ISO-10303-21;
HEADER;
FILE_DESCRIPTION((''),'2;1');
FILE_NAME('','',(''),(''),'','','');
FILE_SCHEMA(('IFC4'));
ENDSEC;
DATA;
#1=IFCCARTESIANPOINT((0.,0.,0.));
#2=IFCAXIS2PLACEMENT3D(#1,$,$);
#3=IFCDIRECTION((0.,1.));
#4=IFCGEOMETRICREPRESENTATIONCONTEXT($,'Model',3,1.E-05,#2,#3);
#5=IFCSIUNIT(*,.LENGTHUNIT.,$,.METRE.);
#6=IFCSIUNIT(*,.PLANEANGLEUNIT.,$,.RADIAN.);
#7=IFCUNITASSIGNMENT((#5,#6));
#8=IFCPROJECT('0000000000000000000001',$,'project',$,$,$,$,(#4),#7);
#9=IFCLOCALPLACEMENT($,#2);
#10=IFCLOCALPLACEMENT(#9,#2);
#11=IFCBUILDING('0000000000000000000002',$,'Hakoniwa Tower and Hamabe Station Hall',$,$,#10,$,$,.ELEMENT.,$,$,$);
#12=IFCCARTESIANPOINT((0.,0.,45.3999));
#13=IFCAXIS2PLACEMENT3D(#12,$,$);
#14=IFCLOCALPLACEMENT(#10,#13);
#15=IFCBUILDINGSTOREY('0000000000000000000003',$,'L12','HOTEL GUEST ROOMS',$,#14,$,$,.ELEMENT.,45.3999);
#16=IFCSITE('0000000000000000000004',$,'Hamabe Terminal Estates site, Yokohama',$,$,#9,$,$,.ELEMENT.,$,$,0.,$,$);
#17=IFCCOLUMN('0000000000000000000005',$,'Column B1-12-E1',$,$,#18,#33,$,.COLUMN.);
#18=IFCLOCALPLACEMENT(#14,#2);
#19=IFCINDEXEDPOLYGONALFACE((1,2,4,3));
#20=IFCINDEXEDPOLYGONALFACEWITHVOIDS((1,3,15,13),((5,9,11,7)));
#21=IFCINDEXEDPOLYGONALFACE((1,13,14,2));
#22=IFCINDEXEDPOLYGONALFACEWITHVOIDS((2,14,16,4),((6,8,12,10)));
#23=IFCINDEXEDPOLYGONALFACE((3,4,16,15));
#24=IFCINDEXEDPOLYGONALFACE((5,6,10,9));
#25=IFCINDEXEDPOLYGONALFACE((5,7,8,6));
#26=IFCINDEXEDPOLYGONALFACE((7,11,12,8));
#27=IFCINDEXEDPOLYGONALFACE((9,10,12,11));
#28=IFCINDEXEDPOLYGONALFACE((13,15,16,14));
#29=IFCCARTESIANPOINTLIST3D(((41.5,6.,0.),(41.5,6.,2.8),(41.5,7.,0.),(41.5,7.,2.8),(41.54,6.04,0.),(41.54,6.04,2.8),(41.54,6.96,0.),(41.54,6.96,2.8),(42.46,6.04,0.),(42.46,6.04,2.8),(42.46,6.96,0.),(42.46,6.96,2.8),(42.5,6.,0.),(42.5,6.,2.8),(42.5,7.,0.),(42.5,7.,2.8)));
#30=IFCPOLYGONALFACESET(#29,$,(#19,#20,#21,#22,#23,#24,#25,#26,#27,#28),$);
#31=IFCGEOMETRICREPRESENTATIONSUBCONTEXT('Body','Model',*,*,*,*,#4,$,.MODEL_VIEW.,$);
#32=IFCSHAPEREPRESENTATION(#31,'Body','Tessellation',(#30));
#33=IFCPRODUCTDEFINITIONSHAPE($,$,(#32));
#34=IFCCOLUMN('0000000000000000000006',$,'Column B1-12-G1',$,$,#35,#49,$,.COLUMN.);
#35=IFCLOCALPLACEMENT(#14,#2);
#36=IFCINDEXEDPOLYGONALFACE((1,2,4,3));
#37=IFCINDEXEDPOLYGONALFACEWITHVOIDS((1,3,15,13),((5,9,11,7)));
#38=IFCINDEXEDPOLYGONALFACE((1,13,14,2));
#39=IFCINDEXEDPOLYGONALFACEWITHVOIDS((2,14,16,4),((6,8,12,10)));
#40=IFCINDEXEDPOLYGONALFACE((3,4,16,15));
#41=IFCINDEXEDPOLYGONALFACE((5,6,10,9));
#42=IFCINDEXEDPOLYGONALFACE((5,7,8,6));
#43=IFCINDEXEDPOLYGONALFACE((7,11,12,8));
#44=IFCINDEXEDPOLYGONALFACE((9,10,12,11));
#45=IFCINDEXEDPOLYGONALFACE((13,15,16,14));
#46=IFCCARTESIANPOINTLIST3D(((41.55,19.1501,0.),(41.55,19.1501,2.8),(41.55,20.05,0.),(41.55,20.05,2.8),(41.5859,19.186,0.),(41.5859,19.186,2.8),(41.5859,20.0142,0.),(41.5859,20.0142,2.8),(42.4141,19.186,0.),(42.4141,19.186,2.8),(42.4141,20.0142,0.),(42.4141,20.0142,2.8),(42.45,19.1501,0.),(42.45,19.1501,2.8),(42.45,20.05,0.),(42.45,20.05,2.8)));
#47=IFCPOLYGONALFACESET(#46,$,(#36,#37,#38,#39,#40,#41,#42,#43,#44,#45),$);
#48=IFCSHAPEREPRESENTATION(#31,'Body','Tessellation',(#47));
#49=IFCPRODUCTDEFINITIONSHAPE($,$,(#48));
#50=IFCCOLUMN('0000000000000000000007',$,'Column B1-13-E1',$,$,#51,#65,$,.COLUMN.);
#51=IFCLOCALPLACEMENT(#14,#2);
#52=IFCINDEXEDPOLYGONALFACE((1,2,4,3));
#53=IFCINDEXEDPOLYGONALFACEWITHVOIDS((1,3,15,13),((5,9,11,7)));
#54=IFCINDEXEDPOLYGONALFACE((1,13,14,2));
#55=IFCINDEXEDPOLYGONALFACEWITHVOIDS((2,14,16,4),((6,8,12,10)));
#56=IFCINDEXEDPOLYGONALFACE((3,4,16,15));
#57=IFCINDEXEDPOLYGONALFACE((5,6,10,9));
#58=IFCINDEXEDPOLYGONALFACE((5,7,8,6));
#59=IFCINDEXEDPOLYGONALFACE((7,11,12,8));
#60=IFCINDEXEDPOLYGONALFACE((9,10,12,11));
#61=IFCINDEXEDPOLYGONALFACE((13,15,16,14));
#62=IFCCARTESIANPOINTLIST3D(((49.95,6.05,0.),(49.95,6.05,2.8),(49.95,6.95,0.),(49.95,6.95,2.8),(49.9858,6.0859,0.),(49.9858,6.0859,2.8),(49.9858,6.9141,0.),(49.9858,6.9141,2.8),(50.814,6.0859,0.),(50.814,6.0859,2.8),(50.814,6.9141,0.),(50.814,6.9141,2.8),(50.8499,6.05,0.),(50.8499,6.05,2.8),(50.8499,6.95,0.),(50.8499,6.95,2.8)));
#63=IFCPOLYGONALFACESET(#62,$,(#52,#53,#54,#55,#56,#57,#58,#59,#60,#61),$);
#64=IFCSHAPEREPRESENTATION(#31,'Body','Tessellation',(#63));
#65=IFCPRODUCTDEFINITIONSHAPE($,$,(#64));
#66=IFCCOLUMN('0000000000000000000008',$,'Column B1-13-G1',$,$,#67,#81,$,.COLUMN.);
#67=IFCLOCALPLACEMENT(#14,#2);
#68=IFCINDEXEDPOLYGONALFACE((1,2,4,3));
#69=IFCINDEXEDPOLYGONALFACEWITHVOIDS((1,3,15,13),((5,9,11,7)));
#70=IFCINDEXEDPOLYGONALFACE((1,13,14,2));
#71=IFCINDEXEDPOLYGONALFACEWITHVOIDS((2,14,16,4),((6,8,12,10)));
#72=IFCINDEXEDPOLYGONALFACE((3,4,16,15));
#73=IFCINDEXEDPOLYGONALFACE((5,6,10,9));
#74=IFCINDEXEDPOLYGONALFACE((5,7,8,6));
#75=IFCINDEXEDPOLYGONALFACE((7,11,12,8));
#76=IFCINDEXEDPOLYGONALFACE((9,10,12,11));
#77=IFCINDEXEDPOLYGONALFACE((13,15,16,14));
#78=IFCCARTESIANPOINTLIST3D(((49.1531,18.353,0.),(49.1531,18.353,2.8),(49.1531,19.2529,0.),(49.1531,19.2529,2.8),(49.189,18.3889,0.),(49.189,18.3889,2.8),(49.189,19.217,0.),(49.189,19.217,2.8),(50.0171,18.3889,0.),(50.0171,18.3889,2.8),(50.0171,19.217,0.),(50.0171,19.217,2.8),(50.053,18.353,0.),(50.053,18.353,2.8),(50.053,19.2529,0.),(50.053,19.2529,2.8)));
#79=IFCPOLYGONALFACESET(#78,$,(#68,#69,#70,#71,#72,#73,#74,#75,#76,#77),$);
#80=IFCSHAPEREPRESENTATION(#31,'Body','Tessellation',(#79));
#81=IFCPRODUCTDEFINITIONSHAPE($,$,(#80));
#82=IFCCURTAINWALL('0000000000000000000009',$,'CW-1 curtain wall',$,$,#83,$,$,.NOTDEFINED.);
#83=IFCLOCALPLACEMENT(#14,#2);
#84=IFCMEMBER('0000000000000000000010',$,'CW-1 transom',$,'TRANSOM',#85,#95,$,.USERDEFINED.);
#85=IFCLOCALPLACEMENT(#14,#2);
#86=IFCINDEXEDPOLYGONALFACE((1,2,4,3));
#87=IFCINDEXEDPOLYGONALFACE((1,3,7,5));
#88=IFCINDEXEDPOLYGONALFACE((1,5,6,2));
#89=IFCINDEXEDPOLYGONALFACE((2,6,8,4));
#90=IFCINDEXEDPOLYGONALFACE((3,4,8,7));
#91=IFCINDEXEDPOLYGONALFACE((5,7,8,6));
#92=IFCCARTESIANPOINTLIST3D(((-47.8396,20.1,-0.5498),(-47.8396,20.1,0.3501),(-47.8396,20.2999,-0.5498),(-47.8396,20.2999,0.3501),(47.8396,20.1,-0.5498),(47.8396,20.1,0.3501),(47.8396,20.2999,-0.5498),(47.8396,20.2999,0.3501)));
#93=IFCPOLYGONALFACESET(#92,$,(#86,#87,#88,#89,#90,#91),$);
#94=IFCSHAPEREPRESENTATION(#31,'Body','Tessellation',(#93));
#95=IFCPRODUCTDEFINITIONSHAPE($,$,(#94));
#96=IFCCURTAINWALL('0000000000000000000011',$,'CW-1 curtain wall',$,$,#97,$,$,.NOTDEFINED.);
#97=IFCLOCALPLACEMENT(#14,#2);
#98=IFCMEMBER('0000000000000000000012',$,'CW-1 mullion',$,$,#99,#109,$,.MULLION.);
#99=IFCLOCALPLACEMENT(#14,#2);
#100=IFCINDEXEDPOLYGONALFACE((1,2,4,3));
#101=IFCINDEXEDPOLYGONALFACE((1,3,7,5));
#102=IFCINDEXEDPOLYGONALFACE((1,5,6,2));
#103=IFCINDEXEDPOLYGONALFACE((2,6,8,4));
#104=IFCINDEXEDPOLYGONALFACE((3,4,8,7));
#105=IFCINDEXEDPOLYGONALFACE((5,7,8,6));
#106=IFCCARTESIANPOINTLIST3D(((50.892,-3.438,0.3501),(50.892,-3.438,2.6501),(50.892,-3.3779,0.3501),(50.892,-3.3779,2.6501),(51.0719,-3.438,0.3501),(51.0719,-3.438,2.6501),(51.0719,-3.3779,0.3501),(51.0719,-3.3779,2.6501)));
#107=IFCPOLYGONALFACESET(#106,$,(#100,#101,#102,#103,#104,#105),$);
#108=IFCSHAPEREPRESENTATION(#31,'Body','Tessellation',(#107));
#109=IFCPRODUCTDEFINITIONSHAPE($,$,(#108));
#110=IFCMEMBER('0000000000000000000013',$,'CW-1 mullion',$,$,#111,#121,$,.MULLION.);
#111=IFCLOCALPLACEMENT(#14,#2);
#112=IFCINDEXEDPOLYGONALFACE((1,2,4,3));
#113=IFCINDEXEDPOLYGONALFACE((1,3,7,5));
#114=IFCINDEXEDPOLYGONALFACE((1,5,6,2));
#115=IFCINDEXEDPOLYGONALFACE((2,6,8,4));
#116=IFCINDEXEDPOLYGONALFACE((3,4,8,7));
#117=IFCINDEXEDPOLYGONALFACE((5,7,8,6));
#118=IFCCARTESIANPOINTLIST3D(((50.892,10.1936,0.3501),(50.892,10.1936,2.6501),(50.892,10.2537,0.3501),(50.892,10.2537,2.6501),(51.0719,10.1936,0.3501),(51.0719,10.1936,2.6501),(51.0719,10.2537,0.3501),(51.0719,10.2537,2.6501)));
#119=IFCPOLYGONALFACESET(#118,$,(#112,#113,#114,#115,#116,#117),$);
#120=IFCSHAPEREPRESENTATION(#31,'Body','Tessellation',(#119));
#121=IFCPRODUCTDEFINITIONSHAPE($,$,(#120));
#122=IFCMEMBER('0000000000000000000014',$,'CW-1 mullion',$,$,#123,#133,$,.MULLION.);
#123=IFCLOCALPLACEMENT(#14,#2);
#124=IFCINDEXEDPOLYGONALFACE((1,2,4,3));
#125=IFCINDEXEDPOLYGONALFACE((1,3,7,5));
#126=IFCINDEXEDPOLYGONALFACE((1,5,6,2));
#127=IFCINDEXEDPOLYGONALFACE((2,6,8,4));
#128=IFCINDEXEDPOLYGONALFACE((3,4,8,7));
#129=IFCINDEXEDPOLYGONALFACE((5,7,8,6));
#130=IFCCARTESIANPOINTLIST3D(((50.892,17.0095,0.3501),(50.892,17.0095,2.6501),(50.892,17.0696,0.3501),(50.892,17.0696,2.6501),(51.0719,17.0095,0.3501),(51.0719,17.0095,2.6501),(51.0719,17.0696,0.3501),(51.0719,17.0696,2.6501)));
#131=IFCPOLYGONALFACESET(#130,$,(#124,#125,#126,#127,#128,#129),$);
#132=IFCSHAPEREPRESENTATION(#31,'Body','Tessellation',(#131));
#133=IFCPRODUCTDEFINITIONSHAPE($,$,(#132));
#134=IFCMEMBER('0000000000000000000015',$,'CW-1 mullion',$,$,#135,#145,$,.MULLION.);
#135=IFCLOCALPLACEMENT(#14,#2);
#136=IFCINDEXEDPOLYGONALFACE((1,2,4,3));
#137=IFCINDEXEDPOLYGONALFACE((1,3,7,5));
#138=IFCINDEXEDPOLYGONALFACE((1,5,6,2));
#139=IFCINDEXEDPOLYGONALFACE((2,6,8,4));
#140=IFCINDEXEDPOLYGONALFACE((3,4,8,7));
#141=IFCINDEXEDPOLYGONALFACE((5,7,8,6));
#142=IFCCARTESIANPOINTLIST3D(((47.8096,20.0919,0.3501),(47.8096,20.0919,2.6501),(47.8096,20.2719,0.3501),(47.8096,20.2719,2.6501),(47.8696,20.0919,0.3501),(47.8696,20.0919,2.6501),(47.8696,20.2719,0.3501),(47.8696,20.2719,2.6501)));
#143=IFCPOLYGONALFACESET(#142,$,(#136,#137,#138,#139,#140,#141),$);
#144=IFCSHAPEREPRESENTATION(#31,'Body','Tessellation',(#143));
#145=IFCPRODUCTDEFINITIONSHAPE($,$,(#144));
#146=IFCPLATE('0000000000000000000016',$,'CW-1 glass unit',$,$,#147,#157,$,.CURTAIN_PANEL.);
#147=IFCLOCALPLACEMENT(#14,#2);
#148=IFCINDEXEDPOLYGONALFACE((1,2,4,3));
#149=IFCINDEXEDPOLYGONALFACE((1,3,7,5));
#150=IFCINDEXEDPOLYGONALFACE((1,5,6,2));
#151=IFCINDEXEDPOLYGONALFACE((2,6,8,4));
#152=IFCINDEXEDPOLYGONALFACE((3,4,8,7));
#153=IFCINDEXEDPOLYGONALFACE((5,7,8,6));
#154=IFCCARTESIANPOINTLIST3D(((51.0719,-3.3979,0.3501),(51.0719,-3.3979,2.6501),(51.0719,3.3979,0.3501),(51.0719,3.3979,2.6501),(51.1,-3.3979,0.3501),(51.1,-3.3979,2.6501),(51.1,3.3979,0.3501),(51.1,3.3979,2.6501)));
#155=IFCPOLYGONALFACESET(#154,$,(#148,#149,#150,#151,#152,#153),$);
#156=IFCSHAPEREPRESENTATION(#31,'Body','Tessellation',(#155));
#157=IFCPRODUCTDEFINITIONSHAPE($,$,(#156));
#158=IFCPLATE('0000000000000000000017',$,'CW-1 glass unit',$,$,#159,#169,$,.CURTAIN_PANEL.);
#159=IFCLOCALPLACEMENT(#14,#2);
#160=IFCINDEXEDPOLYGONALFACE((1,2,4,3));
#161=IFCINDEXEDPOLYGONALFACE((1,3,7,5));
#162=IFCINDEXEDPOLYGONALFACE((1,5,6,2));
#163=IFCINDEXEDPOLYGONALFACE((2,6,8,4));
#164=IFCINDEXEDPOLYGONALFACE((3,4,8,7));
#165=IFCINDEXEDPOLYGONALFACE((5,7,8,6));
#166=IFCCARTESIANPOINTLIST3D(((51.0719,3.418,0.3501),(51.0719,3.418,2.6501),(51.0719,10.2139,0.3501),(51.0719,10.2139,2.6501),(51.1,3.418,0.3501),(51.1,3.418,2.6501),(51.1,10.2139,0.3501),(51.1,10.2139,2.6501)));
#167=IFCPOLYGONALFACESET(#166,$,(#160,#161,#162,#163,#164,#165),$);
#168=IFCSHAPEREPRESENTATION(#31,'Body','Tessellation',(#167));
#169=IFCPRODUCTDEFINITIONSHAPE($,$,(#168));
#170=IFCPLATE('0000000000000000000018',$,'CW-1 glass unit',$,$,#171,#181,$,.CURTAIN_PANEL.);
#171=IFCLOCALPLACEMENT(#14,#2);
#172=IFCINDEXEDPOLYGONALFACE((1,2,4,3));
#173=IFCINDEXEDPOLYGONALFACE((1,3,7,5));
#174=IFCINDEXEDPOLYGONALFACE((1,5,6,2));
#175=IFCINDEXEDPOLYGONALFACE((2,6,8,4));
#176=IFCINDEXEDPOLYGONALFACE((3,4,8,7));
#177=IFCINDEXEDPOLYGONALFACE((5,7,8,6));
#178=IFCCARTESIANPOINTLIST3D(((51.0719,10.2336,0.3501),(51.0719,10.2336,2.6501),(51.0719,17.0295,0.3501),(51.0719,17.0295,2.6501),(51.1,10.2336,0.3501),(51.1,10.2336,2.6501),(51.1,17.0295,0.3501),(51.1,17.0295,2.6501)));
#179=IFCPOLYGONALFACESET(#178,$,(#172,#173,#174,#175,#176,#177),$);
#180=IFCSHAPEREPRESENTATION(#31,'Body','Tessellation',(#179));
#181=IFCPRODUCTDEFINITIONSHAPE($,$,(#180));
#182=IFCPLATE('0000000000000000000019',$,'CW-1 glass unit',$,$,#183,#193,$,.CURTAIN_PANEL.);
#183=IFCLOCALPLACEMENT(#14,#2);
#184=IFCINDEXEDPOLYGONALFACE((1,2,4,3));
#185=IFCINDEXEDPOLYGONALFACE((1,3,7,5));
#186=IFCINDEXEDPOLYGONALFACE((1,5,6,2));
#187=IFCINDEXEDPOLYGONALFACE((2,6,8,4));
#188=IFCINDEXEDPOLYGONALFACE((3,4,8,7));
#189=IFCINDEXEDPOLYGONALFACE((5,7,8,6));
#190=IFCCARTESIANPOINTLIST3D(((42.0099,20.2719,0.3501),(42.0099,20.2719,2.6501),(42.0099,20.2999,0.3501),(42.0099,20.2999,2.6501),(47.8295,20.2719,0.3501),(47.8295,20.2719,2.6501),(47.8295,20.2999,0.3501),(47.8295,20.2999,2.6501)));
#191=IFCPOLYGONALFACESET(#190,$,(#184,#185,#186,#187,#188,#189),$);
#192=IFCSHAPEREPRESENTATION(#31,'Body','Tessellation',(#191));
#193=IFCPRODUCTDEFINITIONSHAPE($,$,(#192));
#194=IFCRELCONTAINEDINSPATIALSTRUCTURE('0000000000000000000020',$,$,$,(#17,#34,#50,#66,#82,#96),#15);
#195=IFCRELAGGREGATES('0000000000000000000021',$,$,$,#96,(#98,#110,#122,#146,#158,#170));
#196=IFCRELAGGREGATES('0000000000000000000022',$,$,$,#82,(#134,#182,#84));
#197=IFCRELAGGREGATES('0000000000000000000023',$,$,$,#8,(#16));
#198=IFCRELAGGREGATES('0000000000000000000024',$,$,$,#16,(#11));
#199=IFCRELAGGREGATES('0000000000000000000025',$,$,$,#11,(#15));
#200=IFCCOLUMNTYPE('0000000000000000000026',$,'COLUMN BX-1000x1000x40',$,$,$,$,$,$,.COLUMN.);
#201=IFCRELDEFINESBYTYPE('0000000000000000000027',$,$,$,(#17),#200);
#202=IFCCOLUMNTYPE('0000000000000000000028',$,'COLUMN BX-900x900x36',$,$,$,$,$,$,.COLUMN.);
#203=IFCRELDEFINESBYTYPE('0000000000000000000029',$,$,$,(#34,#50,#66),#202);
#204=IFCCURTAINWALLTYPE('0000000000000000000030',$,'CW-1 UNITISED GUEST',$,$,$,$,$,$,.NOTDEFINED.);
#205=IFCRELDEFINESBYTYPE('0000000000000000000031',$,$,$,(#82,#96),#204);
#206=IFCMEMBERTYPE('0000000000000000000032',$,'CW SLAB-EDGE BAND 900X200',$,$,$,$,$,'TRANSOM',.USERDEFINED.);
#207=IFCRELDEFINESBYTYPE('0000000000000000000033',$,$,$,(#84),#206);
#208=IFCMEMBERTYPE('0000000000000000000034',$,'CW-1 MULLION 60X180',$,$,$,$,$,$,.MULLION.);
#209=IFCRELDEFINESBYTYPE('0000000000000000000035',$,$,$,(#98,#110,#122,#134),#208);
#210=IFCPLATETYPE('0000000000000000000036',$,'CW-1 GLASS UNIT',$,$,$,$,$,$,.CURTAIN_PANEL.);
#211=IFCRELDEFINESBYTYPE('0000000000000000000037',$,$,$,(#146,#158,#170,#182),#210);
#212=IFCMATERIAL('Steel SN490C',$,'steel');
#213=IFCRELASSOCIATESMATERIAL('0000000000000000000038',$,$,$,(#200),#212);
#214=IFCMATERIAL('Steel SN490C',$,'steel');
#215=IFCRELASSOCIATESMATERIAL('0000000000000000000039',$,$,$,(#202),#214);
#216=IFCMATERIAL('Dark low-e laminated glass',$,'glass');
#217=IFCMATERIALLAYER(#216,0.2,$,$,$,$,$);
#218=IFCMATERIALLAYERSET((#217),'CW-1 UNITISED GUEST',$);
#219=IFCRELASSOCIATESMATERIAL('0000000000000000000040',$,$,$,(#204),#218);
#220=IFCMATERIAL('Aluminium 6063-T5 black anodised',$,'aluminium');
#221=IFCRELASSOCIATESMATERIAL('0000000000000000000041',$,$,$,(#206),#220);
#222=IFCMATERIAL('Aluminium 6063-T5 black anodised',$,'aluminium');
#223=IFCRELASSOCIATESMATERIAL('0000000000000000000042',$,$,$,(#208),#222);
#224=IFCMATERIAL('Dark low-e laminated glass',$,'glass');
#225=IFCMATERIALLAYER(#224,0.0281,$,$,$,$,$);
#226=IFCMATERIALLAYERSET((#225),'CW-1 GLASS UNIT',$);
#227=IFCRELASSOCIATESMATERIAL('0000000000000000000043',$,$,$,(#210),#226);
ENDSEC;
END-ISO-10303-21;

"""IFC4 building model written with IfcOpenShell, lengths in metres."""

from ifc_helpers import new_model, si_unit, direction, frame, origin, origin_2d, place, context, subcontext, project, spatial, rectangle, hollow_rectangle, extrude, material, layer, layer_set, material_profile, profile_set, type_object, element, aggregate, save


model = new_model("IFC4")

# Units and contexts
model_context = context("Model", 3, precision=1e-05, world=origin(), true_north=direction((0.0, 1.0)))
body_context = subcontext(model_context, "Body", "Model", "MODEL_VIEW")
ifc_project = project(units=[si_unit("LENGTHUNIT", "METRE"), si_unit("PLANEANGLEUNIT", "RADIAN")], contexts=[model_context])

# Site, building, storey
site_placement = place(None, origin())
site = spatial("IfcSite", under=ifc_project, at=site_placement, Name="Hamabe Terminal Estates site, Yokohama", CompositionType="ELEMENT", RefElevation=0.0)
building_placement = place(site_placement, origin())
building = spatial("IfcBuilding", under=site, at=building_placement, Name="Hakoniwa Tower and Hamabe Station Hall", CompositionType="ELEMENT")
storey_placement = place(building_placement, frame((0.0, 0.0, 45.3999)))
storey = spatial("IfcBuildingStorey", under=building, at=storey_placement, Name="L12", Description="HOTEL GUEST ROOMS", CompositionType="ELEMENT", Elevation=45.3999)

# Columns
ifc_material_1 = material(Name="Steel SN490C", Category="steel")
ifc_material_profile_1 = material_profile(ifc_material_1, hollow_rectangle(XDim=1.0, YDim=1.0, WallThickness=0.04, at=origin_2d()), Name="BX-1000x1000x40")
ifc_profile_set_1 = profile_set([ifc_material_profile_1], Name="Steel SN490C")
column_type_1 = type_object("IfcColumnType", Name="COLUMN BX-1000x1000x40", PredefinedType="COLUMN", material=ifc_profile_set_1)
column_placement = place(storey_placement, frame((42.0, 6.5, 0.0), z_axis=(0.0, 0.0, 1.0), x_axis=(1.0, 0.0, 0.0)))
element("IfcColumn", 1, at=column_placement, inside=storey, type_object=column_type_1, Name="Column B1-12-E1", PredefinedType="COLUMN", context=body_context, shape_type="SweptSolid", body=[
    extrude(hollow_rectangle(XDim=1.0, YDim=1.0, WallThickness=0.04, at=origin_2d()), origin(), (0.0, 0.0, 1.0), 2.8),
])
ifc_material_2 = material(Name="Steel SN490C", Category="steel")
ifc_material_profile_2 = material_profile(ifc_material_2, hollow_rectangle(XDim=0.8999, YDim=0.8999, WallThickness=0.0359, at=origin_2d()), Name="BX-900x900x36")
ifc_profile_set_2 = profile_set([ifc_material_profile_2], Name="Steel SN490C")
column_type_2 = type_object("IfcColumnType", Name="COLUMN BX-900x900x36", PredefinedType="COLUMN", material=ifc_profile_set_2)
for number, where, z_axis, x_axis, name in (
    (2, (42.0, 19.6001, 0.0), (0.0, 0.0, 1.0), (1.0, 0.0, 0.0), "Column B1-12-G1"),
    (3, (50.3999, 6.5, 0.0), (0.0, 0.0, 1.0), (1.0, 0.0, 0.0), "Column B1-13-E1"),
    (4, (49.603, 18.803, 0.0), (0.0, 0.0, 1.0), (1.0, 0.0, 0.0), "Column B1-13-G1"),
):
    element("IfcColumn", number, at=place(storey_placement, frame(where, z_axis=z_axis, x_axis=x_axis)), inside=storey, type_object=column_type_2, Name=name, PredefinedType="COLUMN", context=body_context, shape_type="SweptSolid", body=[
        extrude(hollow_rectangle(XDim=0.8999, YDim=0.8999, WallThickness=0.0359, at=origin_2d()), origin(), (0.0, 0.0, 1.0), 2.8),
    ])

# Curtain wall, member
ifc_material_3 = material(Name="Dark low-e laminated glass", Category="glass")
ifc_layer_1 = layer(ifc_material_3, 0.2)
ifc_layer_set_1 = layer_set([ifc_layer_1], Name="CW-1 UNITISED GUEST")
curtain_wall_type = type_object("IfcCurtainWallType", Name="CW-1 UNITISED GUEST", PredefinedType="NOTDEFINED", material=ifc_layer_set_1)
curtain_wall_1_placement = place(storey_placement, origin())
curtain_wall_1 = element("IfcCurtainWall", 5, at=curtain_wall_1_placement, inside=storey, type_object=curtain_wall_type, Name="CW-1 curtain wall", PredefinedType="NOTDEFINED")
ifc_material_4 = material(Name="Aluminium 6063-T5 black anodised", Category="aluminium")
ifc_material_profile_3 = material_profile(ifc_material_4, rectangle(XDim=0.2, YDim=0.8999, at=origin_2d()), Name="CW SLAB-EDGE BAND 900X200")
ifc_profile_set_3 = profile_set([ifc_material_profile_3], Name="Aluminium 6063-T5 black anodised")
member_type_1 = type_object("IfcMemberType", Name="CW SLAB-EDGE BAND 900X200", ElementType="TRANSOM", PredefinedType="USERDEFINED", material=ifc_profile_set_3)
member_1_placement = place(storey_placement, frame((47.8396, 20.2, -0.0999), z_axis=(-1.0, 0.0, 0.0), x_axis=(0.0, -1.0, 0.0)))
member_1 = element("IfcMember", 6, at=member_1_placement, type_object=member_type_1, Name="CW-1 transom", ObjectType="TRANSOM", PredefinedType="USERDEFINED", context=body_context, shape_type="SweptSolid", body=[
    extrude(rectangle(XDim=0.2, YDim=0.8999, at=origin_2d()), origin(), (0.0, 0.0, 1.0), 95.6792),
])

# Curtain wall, members
curtain_wall_2_placement = place(storey_placement, origin())
curtain_wall_2 = element("IfcCurtainWall", 7, at=curtain_wall_2_placement, inside=storey, type_object=curtain_wall_type, Name="CW-1 curtain wall", PredefinedType="NOTDEFINED")
ifc_material_5 = material(Name="Aluminium 6063-T5 black anodised", Category="aluminium")
ifc_material_profile_4 = material_profile(ifc_material_5, rectangle(XDim=0.0601, YDim=0.1799, at=origin_2d()), Name="CW-1 MULLION 60X180")
ifc_profile_set_4 = profile_set([ifc_material_profile_4], Name="Aluminium 6063-T5 black anodised")
member_type_2 = type_object("IfcMemberType", Name="CW-1 MULLION 60X180", PredefinedType="MULLION", material=ifc_profile_set_4)
member_2_placement = place(storey_placement, frame((50.9819, -3.408, 0.3501), z_axis=(0.0, 0.0, 1.0), x_axis=(0.0, 1.0, 0.0)))
member_2 = element("IfcMember", 8, at=member_2_placement, type_object=member_type_2, Name="CW-1 mullion", PredefinedType="MULLION", context=body_context, shape_type="SweptSolid", body=[
    extrude(rectangle(XDim=0.0601, YDim=0.1799, at=origin_2d()), origin(), (0.0, 0.0, 1.0), 2.3),
])
member_3_placement = place(storey_placement, frame((50.9819, 10.2236, 0.3501), z_axis=(0.0, 0.0, 1.0), x_axis=(0.0, 1.0, 0.0)))
member_3 = element("IfcMember", 9, at=member_3_placement, type_object=member_type_2, Name="CW-1 mullion", PredefinedType="MULLION", context=body_context, shape_type="SweptSolid", body=[
    extrude(rectangle(XDim=0.0601, YDim=0.1799, at=origin_2d()), origin(), (0.0, 0.0, 1.0), 2.3),
])
member_4_placement = place(storey_placement, frame((50.9819, 17.0396, 0.3501), z_axis=(0.0, 0.0, 1.0), x_axis=(0.0, 1.0, 0.0)))
member_4 = element("IfcMember", 10, at=member_4_placement, type_object=member_type_2, Name="CW-1 mullion", PredefinedType="MULLION", context=body_context, shape_type="SweptSolid", body=[
    extrude(rectangle(XDim=0.0601, YDim=0.1799, at=origin_2d()), origin(), (0.0, 0.0, 1.0), 2.3),
])

# Member
member_5_placement = place(storey_placement, frame((47.8396, 20.1819, 0.3501), z_axis=(0.0, 0.0, 1.0), x_axis=(-1.0, 0.0, 0.0)))
member_5 = element("IfcMember", 11, at=member_5_placement, type_object=member_type_2, Name="CW-1 mullion", PredefinedType="MULLION", context=body_context, shape_type="SweptSolid", body=[
    extrude(rectangle(XDim=0.0601, YDim=0.1799, at=origin_2d()), origin(), (0.0, 0.0, 1.0), 2.3),
])

# Plates
ifc_material_6 = material(Name="Dark low-e laminated glass", Category="glass")
ifc_layer_2 = layer(ifc_material_6, 0.0281)
ifc_layer_set_2 = layer_set([ifc_layer_2], Name="CW-1 GLASS UNIT")
plate_type = type_object("IfcPlateType", Name="CW-1 GLASS UNIT", PredefinedType="CURTAIN_PANEL", material=ifc_layer_set_2)
plate_1_placement = place(storey_placement, frame((51.0859, 0.0, 0.3501), z_axis=(0.0, 0.0, 1.0), x_axis=(0.0, 1.0, 0.0)))
plate_1 = element("IfcPlate", 12, at=plate_1_placement, type_object=plate_type, Name="CW-1 glass unit", PredefinedType="CURTAIN_PANEL", context=body_context, shape_type="SweptSolid", body=[
    extrude(rectangle(XDim=6.7959, YDim=0.0281, at=origin_2d()), origin(), (0.0, 0.0, 1.0), 2.3),
])
plate_2_placement = place(storey_placement, frame((51.0859, 6.8159, 0.3501), z_axis=(0.0, 0.0, 1.0), x_axis=(0.0, 1.0, 0.0)))
plate_2 = element("IfcPlate", 13, at=plate_2_placement, type_object=plate_type, Name="CW-1 glass unit", PredefinedType="CURTAIN_PANEL", context=body_context, shape_type="SweptSolid", body=[
    extrude(rectangle(XDim=6.7959, YDim=0.0281, at=origin_2d()), origin(), (0.0, 0.0, 1.0), 2.3),
])
plate_3_placement = place(storey_placement, frame((51.0859, 13.6316, 0.3501), z_axis=(0.0, 0.0, 1.0), x_axis=(0.0, 1.0, 0.0)))
plate_3 = element("IfcPlate", 14, at=plate_3_placement, type_object=plate_type, Name="CW-1 glass unit", PredefinedType="CURTAIN_PANEL", context=body_context, shape_type="SweptSolid", body=[
    extrude(rectangle(XDim=6.7959, YDim=0.0281, at=origin_2d()), origin(), (0.0, 0.0, 1.0), 2.3),
])
aggregate(curtain_wall_2, [member_2, member_3, member_4, plate_1, plate_2, plate_3])
plate_4_placement = place(storey_placement, frame((44.9197, 20.2859, 0.3501), z_axis=(0.0, 0.0, 1.0), x_axis=(-1.0, 0.0, 0.0)))
plate_4 = element("IfcPlate", 15, at=plate_4_placement, type_object=plate_type, Name="CW-1 glass unit", PredefinedType="CURTAIN_PANEL", context=body_context, shape_type="SweptSolid", body=[
    extrude(rectangle(XDim=5.8196, YDim=0.0281, at=origin_2d()), origin(), (0.0, 0.0, 1.0), 2.3),
])
aggregate(curtain_wall_1, [member_5, plate_4, member_1])

save(model, "model.ifc")
